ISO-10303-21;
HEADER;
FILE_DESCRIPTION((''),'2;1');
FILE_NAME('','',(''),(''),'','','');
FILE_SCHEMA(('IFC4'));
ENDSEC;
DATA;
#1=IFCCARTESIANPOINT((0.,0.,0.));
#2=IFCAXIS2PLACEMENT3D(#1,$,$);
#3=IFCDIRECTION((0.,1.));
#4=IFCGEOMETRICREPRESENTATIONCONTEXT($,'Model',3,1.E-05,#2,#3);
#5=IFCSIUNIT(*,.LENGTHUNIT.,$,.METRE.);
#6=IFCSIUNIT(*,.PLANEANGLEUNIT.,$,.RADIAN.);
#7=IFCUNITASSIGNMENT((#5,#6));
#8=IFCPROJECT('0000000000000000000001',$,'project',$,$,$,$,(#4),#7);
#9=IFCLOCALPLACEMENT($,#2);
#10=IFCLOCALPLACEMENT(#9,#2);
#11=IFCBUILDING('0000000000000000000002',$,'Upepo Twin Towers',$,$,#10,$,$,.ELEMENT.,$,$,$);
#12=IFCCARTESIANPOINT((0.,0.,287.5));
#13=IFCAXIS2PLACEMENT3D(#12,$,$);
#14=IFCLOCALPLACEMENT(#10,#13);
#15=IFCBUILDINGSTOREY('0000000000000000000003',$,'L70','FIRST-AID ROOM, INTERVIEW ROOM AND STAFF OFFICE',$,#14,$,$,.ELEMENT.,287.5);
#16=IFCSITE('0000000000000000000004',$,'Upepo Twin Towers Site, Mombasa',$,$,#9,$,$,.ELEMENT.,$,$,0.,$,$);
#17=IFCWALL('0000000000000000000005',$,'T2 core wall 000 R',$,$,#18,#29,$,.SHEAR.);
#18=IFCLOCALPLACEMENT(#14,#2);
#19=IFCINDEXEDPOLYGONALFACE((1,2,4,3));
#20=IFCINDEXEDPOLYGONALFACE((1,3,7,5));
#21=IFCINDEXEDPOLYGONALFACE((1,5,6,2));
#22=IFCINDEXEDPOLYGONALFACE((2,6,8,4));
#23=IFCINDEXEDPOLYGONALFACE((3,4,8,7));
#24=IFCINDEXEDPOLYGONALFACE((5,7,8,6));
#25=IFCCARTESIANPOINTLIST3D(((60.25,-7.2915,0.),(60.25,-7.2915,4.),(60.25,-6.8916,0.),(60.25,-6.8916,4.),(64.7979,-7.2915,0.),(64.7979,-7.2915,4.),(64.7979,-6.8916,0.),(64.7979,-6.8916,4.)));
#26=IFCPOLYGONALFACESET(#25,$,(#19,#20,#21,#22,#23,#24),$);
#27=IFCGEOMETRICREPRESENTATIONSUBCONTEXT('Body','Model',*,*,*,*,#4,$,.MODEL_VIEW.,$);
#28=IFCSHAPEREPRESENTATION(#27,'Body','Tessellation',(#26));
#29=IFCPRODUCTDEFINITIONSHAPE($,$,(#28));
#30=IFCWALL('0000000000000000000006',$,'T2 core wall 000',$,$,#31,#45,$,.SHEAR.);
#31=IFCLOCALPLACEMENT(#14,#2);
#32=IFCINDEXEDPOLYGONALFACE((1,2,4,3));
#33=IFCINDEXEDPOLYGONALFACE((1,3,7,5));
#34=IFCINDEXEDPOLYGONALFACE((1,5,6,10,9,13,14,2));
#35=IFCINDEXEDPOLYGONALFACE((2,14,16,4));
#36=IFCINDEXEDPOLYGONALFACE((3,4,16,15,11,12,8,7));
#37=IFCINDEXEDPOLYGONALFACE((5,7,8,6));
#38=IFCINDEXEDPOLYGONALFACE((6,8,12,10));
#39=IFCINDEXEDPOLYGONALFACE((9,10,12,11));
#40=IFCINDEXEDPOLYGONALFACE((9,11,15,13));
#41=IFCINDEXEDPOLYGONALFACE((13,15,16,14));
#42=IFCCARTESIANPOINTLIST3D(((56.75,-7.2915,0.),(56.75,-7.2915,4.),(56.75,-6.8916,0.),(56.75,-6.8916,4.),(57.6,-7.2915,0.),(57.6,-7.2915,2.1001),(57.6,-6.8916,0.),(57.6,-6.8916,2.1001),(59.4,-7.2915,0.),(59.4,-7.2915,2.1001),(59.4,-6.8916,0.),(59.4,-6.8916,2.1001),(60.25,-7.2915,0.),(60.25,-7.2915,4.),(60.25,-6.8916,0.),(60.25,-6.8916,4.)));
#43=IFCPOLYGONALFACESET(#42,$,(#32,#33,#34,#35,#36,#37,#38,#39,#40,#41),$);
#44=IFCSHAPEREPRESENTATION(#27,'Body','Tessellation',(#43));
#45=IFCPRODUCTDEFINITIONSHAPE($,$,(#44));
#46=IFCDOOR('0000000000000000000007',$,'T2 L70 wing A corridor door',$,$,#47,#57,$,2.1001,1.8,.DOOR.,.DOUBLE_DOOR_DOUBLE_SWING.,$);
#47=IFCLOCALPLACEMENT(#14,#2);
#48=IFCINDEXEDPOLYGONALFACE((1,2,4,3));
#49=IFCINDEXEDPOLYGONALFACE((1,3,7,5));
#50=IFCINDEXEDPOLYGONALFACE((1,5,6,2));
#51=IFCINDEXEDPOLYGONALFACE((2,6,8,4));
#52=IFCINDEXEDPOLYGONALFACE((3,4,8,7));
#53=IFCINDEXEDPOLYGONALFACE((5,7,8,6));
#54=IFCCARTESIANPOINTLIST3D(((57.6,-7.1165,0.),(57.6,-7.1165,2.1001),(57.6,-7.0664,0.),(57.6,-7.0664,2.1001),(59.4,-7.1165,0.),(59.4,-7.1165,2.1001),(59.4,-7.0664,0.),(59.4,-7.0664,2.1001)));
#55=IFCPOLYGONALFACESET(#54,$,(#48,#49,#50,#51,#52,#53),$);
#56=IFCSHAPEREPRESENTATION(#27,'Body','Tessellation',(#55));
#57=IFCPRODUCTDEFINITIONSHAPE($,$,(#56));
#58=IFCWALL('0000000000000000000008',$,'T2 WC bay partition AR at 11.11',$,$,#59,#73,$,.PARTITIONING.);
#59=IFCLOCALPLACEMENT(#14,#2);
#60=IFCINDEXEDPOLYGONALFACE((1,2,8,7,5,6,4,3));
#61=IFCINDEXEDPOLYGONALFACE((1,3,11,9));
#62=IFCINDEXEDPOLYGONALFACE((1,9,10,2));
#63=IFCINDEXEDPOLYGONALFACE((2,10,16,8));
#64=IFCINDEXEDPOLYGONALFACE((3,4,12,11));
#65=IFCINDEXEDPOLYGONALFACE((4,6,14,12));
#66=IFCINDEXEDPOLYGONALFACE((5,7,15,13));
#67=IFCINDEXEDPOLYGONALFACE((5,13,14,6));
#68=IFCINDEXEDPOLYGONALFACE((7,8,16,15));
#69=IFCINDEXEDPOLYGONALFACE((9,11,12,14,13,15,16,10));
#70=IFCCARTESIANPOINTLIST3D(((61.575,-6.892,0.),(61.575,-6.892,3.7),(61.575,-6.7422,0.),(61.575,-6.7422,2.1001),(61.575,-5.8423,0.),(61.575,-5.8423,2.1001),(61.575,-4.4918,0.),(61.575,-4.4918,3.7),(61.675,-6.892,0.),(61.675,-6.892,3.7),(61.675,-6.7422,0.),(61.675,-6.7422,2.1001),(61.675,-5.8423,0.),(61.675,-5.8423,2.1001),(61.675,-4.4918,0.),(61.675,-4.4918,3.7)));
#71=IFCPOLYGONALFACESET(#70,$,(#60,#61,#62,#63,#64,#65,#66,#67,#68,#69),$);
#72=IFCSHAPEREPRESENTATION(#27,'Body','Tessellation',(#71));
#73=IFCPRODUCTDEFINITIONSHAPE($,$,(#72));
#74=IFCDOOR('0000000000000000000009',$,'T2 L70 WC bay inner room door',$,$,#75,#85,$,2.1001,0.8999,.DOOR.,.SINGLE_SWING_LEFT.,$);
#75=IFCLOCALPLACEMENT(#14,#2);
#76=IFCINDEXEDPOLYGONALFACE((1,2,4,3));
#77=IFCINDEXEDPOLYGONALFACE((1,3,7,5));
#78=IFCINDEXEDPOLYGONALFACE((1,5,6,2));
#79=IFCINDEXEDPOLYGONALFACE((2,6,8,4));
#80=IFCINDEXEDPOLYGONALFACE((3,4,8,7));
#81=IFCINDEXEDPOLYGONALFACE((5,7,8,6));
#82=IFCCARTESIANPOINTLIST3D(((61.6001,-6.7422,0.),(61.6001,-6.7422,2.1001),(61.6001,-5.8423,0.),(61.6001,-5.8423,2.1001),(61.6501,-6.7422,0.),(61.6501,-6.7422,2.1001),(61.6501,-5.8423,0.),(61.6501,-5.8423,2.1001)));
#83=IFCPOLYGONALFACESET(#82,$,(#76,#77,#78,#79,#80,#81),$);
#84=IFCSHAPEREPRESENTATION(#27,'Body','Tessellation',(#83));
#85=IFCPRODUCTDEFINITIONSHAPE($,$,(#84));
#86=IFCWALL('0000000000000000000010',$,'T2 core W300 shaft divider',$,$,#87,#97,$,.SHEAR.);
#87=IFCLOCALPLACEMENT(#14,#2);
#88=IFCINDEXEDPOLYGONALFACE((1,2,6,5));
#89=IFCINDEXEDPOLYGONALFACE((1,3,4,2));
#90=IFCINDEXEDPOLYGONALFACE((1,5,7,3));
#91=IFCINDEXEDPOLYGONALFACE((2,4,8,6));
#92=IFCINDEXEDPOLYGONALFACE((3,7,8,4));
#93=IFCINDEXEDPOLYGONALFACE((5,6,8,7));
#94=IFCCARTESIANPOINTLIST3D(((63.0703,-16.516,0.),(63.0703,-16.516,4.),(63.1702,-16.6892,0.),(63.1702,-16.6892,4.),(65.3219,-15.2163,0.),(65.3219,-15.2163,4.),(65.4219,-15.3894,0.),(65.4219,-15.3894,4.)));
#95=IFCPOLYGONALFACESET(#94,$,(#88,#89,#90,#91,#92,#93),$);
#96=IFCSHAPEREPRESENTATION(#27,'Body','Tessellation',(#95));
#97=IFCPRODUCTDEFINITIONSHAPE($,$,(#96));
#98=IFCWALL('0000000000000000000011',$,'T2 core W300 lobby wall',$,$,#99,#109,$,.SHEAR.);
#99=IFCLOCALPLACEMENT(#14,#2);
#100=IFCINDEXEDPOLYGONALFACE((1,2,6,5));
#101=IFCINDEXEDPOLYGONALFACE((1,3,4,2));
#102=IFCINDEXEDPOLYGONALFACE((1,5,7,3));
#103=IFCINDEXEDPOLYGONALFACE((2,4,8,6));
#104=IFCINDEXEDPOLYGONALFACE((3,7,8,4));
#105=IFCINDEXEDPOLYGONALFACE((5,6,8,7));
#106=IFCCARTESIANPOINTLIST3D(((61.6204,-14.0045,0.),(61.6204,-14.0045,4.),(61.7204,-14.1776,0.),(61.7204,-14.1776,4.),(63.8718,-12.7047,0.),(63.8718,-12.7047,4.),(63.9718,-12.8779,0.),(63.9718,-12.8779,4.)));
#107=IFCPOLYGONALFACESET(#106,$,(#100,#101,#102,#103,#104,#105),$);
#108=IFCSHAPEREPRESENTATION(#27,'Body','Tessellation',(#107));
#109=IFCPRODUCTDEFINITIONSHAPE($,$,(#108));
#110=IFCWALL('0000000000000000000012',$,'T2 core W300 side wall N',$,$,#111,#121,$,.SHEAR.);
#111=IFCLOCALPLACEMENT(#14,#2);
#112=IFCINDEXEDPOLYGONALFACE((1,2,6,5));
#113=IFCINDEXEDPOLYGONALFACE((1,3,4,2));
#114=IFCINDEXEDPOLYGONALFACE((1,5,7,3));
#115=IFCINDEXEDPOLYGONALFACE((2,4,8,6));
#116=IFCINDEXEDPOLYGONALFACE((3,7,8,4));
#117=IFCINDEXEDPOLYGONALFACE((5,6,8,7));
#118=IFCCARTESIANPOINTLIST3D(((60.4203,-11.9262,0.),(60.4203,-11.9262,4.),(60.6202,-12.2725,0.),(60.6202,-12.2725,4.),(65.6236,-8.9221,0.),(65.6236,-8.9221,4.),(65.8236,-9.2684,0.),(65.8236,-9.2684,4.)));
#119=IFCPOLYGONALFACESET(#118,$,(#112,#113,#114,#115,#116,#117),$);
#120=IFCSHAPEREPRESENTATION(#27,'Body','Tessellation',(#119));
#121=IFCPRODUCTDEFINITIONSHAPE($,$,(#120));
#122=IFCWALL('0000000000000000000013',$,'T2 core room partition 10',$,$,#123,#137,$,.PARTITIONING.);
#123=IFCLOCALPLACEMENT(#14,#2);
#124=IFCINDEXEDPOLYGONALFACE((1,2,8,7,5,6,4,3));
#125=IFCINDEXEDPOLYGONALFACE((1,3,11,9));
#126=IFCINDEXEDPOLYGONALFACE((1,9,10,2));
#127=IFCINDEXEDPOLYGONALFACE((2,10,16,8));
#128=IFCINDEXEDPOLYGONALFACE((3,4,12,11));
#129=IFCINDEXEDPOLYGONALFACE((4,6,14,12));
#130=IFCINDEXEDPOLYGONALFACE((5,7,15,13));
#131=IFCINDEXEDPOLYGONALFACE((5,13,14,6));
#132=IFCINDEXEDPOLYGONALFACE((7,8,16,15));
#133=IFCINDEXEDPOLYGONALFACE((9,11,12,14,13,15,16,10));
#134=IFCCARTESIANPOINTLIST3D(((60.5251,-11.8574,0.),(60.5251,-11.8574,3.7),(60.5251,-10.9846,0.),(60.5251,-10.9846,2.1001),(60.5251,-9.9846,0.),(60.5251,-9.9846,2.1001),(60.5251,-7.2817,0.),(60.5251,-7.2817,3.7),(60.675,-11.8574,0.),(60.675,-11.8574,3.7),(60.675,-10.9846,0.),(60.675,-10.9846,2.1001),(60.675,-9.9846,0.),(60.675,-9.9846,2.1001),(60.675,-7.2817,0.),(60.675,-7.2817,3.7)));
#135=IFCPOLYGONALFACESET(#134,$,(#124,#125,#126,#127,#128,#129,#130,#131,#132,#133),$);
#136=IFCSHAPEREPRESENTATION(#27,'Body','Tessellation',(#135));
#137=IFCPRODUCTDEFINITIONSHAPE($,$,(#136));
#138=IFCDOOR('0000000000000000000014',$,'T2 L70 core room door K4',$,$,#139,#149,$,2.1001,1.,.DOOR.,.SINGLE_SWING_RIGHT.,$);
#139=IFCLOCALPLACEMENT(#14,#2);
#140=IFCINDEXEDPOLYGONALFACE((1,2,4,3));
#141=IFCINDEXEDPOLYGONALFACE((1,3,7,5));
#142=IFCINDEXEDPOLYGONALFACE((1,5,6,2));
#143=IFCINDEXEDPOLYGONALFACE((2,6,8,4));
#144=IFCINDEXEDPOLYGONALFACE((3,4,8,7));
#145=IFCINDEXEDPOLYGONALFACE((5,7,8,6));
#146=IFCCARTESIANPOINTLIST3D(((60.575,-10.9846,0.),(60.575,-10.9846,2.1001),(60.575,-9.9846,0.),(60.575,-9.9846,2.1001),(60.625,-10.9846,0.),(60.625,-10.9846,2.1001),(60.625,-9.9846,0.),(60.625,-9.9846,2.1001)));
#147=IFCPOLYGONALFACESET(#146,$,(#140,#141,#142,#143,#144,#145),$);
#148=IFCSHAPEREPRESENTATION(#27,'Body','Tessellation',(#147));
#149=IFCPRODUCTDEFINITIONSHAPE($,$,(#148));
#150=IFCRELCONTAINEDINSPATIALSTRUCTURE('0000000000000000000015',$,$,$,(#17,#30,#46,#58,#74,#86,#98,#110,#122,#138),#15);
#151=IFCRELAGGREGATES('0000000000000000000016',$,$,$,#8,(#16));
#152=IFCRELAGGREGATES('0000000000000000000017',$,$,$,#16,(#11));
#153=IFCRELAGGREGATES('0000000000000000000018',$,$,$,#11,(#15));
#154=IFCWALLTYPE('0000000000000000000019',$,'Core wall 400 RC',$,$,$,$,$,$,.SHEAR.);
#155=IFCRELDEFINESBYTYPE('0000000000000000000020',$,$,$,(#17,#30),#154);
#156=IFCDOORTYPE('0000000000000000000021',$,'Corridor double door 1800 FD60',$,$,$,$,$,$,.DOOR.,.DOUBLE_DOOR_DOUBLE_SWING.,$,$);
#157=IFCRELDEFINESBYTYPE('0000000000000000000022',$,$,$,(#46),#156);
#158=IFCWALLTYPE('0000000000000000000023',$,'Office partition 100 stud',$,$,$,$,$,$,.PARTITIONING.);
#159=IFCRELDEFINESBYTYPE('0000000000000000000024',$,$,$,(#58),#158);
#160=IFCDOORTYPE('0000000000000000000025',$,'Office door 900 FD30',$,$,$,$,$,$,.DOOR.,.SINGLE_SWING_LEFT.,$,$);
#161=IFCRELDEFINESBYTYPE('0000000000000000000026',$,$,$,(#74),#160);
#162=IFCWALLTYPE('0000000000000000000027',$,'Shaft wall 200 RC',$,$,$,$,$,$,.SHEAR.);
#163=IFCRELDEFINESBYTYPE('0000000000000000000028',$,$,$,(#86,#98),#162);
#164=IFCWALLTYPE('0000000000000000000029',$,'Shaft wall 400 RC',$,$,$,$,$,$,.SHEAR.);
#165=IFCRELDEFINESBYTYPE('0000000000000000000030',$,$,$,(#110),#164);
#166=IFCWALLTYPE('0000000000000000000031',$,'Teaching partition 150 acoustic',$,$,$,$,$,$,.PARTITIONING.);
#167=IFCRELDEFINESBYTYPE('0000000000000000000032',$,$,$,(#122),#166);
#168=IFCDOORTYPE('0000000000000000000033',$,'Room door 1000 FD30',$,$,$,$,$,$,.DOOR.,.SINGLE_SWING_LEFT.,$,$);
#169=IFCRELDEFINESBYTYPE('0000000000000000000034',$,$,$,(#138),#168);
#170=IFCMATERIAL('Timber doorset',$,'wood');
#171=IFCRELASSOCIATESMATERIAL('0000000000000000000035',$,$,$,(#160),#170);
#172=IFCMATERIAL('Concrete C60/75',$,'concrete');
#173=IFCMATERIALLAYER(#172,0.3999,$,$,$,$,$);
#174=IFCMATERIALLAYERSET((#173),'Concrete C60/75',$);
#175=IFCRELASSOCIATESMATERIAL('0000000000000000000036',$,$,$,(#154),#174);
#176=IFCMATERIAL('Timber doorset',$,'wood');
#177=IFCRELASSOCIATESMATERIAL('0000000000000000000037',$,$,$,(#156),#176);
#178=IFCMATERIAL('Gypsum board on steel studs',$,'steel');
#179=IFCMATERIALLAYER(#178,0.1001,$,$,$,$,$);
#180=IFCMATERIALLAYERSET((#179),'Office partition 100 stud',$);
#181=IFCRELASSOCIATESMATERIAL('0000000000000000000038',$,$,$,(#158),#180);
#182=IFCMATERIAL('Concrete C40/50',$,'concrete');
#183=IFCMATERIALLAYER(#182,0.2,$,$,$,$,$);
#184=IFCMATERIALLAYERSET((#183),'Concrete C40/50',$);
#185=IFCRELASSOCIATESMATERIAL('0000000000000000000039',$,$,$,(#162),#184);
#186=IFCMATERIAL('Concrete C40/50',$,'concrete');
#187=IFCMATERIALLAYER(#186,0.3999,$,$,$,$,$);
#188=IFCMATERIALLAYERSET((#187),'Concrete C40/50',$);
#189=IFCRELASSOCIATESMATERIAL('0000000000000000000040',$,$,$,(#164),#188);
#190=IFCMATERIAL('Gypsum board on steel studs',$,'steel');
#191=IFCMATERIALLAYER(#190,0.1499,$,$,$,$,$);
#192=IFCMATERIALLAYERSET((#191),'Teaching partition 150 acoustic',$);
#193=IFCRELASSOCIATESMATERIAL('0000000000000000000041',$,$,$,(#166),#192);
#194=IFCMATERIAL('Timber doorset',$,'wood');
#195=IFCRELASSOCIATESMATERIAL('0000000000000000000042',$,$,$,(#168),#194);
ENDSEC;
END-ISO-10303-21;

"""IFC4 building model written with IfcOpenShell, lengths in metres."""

from ifc_helpers import new_model, si_unit, direction, frame, frame_2d, origin, place, context, subcontext, project, spatial, rectangle, extrude, material, layer, layer_set, type_object, element, fill, save


model = new_model("IFC4")

# Units and contexts
model_context = context("Model", 3, precision=1e-05, world=origin(), true_north=direction((0.0, 1.0)))
body_context = subcontext(model_context, "Body", "Model", "MODEL_VIEW")
ifc_project = project(units=[si_unit("LENGTHUNIT", "METRE"), si_unit("PLANEANGLEUNIT", "RADIAN")], contexts=[model_context])

# Site, building, storey
site_placement = place(None, origin())
site = spatial("IfcSite", under=ifc_project, at=site_placement, Name="Upepo Twin Towers Site, Mombasa", CompositionType="ELEMENT", RefElevation=0.0)
building_placement = place(site_placement, origin())
building = spatial("IfcBuilding", under=site, at=building_placement, Name="Upepo Twin Towers", CompositionType="ELEMENT")
storey_placement = place(building_placement, frame((0.0, 0.0, 287.5)))
storey = spatial("IfcBuildingStorey", under=building, at=storey_placement, Name="L70", Description="FIRST-AID ROOM, INTERVIEW ROOM AND STAFF OFFICE", CompositionType="ELEMENT", Elevation=287.5)

# Shared definitions
ifc_material_1 = material(Name="Timber doorset", Category="wood")
door_type_1 = type_object("IfcDoorType", Name="Office door 900 FD30", OperationType="SINGLE_SWING_LEFT", PredefinedType="DOOR", material=ifc_material_1)

# Wall
ifc_material_2 = material(Name="Concrete C60/75", Category="concrete")
ifc_layer_1 = layer(ifc_material_2, 0.3999)
ifc_layer_set_1 = layer_set([ifc_layer_1], Name="Concrete C60/75")
wall_type_1 = type_object("IfcWallType", Name="Core wall 400 RC", PredefinedType="SHEAR", material=ifc_layer_set_1)
wall_1_placement = place(storey_placement, frame((64.7979, -7.0916, 0.0), z_axis=(0.0, 0.0, 1.0), x_axis=(-1.0, 0.0, 0.0)))
element("IfcWall", 1, at=wall_1_placement, inside=storey, type_object=wall_type_1, Name="T2 core wall 000 R", PredefinedType="SHEAR", context=body_context, shape_type="SweptSolid", body=[
    extrude(rectangle(XDim=4.5479, YDim=0.3999, at=frame_2d((2.2739, 0.0))), origin(), (0.0, 0.0, 1.0), 4.0),
])

# Walls, openings, doors
wall_2_placement = place(storey_placement, frame((60.25, -7.0916, 0.0), z_axis=(0.0, 0.0, 1.0), x_axis=(-1.0, 0.0, 0.0)))
wall_2 = element("IfcWall", 2, at=wall_2_placement, inside=storey, type_object=wall_type_1, Name="T2 core wall 000", PredefinedType="SHEAR", context=body_context, shape_type="SweptSolid", body=[
    extrude(rectangle(XDim=3.5, YDim=0.3999, at=frame_2d((1.75, 0.0))), origin(), (0.0, 0.0, 1.0), 4.0),
])
opening_1_placement = place(wall_2_placement, frame((0.8501, 0.0, 0.0)))
opening_1 = element("IfcOpeningElement", 3, at=opening_1_placement, cuts=wall_2, PredefinedType="OPENING", context=body_context, shape_type="SweptSolid", body=[
    extrude(rectangle(XDim=1.8, YDim=2.1001, at=frame_2d((0.8999, 1.05))), frame((0.0, 0.21, 0.0), z_axis=(0.0, -1.0, 0.0), x_axis=(1.0, 0.0, 0.0)), (0.0, 0.0, 1.0), 0.4199),
])
ifc_material_3 = material(Name="Timber doorset", Category="wood")
door_type_2 = type_object("IfcDoorType", Name="Corridor double door 1800 FD60", OperationType="DOUBLE_DOOR_DOUBLE_SWING", PredefinedType="DOOR", material=ifc_material_3)
door_1_placement = place(opening_1_placement, origin())
door_1 = element("IfcDoor", 4, at=door_1_placement, inside=storey, type_object=door_type_2, Name="T2 L70 wing A corridor door", OperationType="DOUBLE_DOOR_DOUBLE_SWING", OverallHeight=2.1001, OverallWidth=1.8, PredefinedType="DOOR", context=body_context, shape_type="SweptSolid", body=[
    extrude(rectangle(XDim=1.8, YDim=2.1001, at=frame_2d((0.8999, 1.05))), frame((0.0, 0.0249, 0.0), z_axis=(0.0, -1.0, 0.0), x_axis=(1.0, 0.0, 0.0)), (0.0, 0.0, 1.0), 0.05),
])
fill(opening_1, door_1)
ifc_material_4 = material(Name="Gypsum board on steel studs", Category="steel")
ifc_layer_2 = layer(ifc_material_4, 0.1001)
ifc_layer_set_2 = layer_set([ifc_layer_2], Name="Office partition 100 stud")
wall_type_2 = type_object("IfcWallType", Name="Office partition 100 stud", PredefinedType="PARTITIONING", material=ifc_layer_set_2)
wall_3_placement = place(storey_placement, frame((61.625, -6.8921, 0.0), z_axis=(0.0, 0.0, 1.0), x_axis=(0.0, 1.0, 0.0)))
wall_3 = element("IfcWall", 5, at=wall_3_placement, inside=storey, type_object=wall_type_2, Name="T2 WC bay partition AR at 11.11", PredefinedType="PARTITIONING", context=body_context, shape_type="SweptSolid", body=[
    extrude(rectangle(XDim=2.4001, YDim=0.1001, at=frame_2d((1.2002, 0.0))), origin(), (0.0, 0.0, 1.0), 3.7),
])
opening_2_placement = place(wall_3_placement, frame((0.1499, 0.0, 0.0)))
opening_2 = element("IfcOpeningElement", 6, at=opening_2_placement, cuts=wall_3, PredefinedType="OPENING", context=body_context, shape_type="SweptSolid", body=[
    extrude(rectangle(XDim=0.8999, YDim=2.1001, at=frame_2d((0.45, 1.05))), frame((0.0, 0.0601, 0.0), z_axis=(0.0, -1.0, 0.0), x_axis=(1.0, 0.0, 0.0)), (0.0, 0.0, 1.0), 0.1201),
])
door_2_placement = place(opening_2_placement, origin())
door_2 = element("IfcDoor", 7, at=door_2_placement, inside=storey, type_object=door_type_1, Name="T2 L70 WC bay inner room door", OperationType="SINGLE_SWING_LEFT", OverallHeight=2.1001, OverallWidth=0.8999, PredefinedType="DOOR", context=body_context, shape_type="SweptSolid", body=[
    extrude(rectangle(XDim=0.8999, YDim=2.1001, at=frame_2d((0.45, 1.05))), frame((0.0, 0.0249, 0.0), z_axis=(0.0, -1.0, 0.0), x_axis=(1.0, 0.0, 0.0)), (0.0, 0.0, 1.0), 0.05),
])
fill(opening_2, door_2)

# Walls
ifc_material_5 = material(Name="Concrete C40/50", Category="concrete")
ifc_layer_3 = layer(ifc_material_5, 0.2)
ifc_layer_set_3 = layer_set([ifc_layer_3], Name="Concrete C40/50")
wall_type_3 = type_object("IfcWallType", Name="Shaft wall 200 RC", PredefinedType="SHEAR", material=ifc_layer_set_3)
wall_4_placement = place(storey_placement, frame((63.1204, -16.6025, 0.0), z_axis=(0.0, 0.0, 1.0), x_axis=(0.866062, 0.499937, 0.0)))
element("IfcWall", 8, at=wall_4_placement, inside=storey, type_object=wall_type_3, Name="T2 core W300 shaft divider", PredefinedType="SHEAR", context=body_context, shape_type="SweptSolid", body=[
    extrude(rectangle(XDim=2.5999, YDim=0.2, at=frame_2d((1.2998, 0.0))), origin(), (0.0, 0.0, 1.0), 4.0),
])
wall_5_placement = place(storey_placement, frame((61.6704, -14.0911, 0.0), z_axis=(0.0, 0.0, 1.0), x_axis=(0.866039, 0.499977, 0.0)))
element("IfcWall", 9, at=wall_5_placement, inside=storey, type_object=wall_type_3, Name="T2 core W300 lobby wall", PredefinedType="SHEAR", context=body_context, shape_type="SweptSolid", body=[
    extrude(rectangle(XDim=2.5996, YDim=0.2, at=frame_2d((1.2998, 0.0))), origin(), (0.0, 0.0, 1.0), 4.0),
])
ifc_material_6 = material(Name="Concrete C40/50", Category="concrete")
ifc_layer_4 = layer(ifc_material_6, 0.3999)
ifc_layer_set_4 = layer_set([ifc_layer_4], Name="Concrete C40/50")
wall_type_4 = type_object("IfcWallType", Name="Shaft wall 400 RC", PredefinedType="SHEAR", material=ifc_layer_set_4)
wall_6_placement = place(storey_placement, frame((60.5203, -12.0994, 0.0), z_axis=(0.0, 0.0, 1.0), x_axis=(0.866027, 0.499998, 0.0)))
element("IfcWall", 10, at=wall_6_placement, inside=storey, type_object=wall_type_4, Name="T2 core W300 side wall N", PredefinedType="SHEAR", context=body_context, shape_type="SweptSolid", body=[
    extrude(rectangle(XDim=6.0083, YDim=0.3999, at=frame_2d((3.0042, 0.0))), origin(), (0.0, 0.0, 1.0), 4.0),
])

# Wall, opening, door
ifc_material_7 = material(Name="Gypsum board on steel studs", Category="steel")
ifc_layer_5 = layer(ifc_material_7, 0.1499)
ifc_layer_set_5 = layer_set([ifc_layer_5], Name="Teaching partition 150 acoustic")
wall_type_5 = type_object("IfcWallType", Name="Teaching partition 150 acoustic", PredefinedType="PARTITIONING", material=ifc_layer_set_5)
wall_7_placement = place(storey_placement, frame((60.6001, -7.2817, 0.0), z_axis=(0.0, 0.0, 1.0), x_axis=(0.0, -1.0, 0.0)))
wall_7 = element("IfcWall", 11, at=wall_7_placement, inside=storey, type_object=wall_type_5, Name="T2 core room partition 10", PredefinedType="PARTITIONING", context=body_context, shape_type="SweptSolid", body=[
    extrude(rectangle(XDim=4.5757, YDim=0.1499, at=frame_2d((2.2878, 0.0))), origin(), (0.0, 0.0, 1.0), 3.7),
])
opening_3_placement = place(wall_7_placement, frame((2.7029, 0.0, 0.0)))
opening_3 = element("IfcOpeningElement", 12, at=opening_3_placement, cuts=wall_7, PredefinedType="OPENING", context=body_context, shape_type="SweptSolid", body=[
    extrude(rectangle(XDim=1.0, YDim=2.1001, at=frame_2d((0.5, 1.05))), frame((0.0, 0.085, 0.0), z_axis=(0.0, -1.0, 0.0), x_axis=(1.0, 0.0, 0.0)), (0.0, 0.0, 1.0), 0.1699),
])
ifc_material_8 = material(Name="Timber doorset", Category="wood")
door_type_3 = type_object("IfcDoorType", Name="Room door 1000 FD30", OperationType="SINGLE_SWING_LEFT", PredefinedType="DOOR", material=ifc_material_8)
door_3_placement = place(opening_3_placement, origin())
door_3 = element("IfcDoor", 13, at=door_3_placement, inside=storey, type_object=door_type_3, Name="T2 L70 core room door K4", OperationType="SINGLE_SWING_RIGHT", OverallHeight=2.1001, OverallWidth=1.0, PredefinedType="DOOR", context=body_context, shape_type="SweptSolid", body=[
    extrude(rectangle(XDim=1.0, YDim=2.1001, at=frame_2d((0.5, 1.05))), frame((0.0, 0.0249, 0.0), z_axis=(0.0, -1.0, 0.0), x_axis=(1.0, 0.0, 0.0)), (0.0, 0.0, 1.0), 0.05),
])
fill(opening_3, door_3)

save(model, "model.ifc")
